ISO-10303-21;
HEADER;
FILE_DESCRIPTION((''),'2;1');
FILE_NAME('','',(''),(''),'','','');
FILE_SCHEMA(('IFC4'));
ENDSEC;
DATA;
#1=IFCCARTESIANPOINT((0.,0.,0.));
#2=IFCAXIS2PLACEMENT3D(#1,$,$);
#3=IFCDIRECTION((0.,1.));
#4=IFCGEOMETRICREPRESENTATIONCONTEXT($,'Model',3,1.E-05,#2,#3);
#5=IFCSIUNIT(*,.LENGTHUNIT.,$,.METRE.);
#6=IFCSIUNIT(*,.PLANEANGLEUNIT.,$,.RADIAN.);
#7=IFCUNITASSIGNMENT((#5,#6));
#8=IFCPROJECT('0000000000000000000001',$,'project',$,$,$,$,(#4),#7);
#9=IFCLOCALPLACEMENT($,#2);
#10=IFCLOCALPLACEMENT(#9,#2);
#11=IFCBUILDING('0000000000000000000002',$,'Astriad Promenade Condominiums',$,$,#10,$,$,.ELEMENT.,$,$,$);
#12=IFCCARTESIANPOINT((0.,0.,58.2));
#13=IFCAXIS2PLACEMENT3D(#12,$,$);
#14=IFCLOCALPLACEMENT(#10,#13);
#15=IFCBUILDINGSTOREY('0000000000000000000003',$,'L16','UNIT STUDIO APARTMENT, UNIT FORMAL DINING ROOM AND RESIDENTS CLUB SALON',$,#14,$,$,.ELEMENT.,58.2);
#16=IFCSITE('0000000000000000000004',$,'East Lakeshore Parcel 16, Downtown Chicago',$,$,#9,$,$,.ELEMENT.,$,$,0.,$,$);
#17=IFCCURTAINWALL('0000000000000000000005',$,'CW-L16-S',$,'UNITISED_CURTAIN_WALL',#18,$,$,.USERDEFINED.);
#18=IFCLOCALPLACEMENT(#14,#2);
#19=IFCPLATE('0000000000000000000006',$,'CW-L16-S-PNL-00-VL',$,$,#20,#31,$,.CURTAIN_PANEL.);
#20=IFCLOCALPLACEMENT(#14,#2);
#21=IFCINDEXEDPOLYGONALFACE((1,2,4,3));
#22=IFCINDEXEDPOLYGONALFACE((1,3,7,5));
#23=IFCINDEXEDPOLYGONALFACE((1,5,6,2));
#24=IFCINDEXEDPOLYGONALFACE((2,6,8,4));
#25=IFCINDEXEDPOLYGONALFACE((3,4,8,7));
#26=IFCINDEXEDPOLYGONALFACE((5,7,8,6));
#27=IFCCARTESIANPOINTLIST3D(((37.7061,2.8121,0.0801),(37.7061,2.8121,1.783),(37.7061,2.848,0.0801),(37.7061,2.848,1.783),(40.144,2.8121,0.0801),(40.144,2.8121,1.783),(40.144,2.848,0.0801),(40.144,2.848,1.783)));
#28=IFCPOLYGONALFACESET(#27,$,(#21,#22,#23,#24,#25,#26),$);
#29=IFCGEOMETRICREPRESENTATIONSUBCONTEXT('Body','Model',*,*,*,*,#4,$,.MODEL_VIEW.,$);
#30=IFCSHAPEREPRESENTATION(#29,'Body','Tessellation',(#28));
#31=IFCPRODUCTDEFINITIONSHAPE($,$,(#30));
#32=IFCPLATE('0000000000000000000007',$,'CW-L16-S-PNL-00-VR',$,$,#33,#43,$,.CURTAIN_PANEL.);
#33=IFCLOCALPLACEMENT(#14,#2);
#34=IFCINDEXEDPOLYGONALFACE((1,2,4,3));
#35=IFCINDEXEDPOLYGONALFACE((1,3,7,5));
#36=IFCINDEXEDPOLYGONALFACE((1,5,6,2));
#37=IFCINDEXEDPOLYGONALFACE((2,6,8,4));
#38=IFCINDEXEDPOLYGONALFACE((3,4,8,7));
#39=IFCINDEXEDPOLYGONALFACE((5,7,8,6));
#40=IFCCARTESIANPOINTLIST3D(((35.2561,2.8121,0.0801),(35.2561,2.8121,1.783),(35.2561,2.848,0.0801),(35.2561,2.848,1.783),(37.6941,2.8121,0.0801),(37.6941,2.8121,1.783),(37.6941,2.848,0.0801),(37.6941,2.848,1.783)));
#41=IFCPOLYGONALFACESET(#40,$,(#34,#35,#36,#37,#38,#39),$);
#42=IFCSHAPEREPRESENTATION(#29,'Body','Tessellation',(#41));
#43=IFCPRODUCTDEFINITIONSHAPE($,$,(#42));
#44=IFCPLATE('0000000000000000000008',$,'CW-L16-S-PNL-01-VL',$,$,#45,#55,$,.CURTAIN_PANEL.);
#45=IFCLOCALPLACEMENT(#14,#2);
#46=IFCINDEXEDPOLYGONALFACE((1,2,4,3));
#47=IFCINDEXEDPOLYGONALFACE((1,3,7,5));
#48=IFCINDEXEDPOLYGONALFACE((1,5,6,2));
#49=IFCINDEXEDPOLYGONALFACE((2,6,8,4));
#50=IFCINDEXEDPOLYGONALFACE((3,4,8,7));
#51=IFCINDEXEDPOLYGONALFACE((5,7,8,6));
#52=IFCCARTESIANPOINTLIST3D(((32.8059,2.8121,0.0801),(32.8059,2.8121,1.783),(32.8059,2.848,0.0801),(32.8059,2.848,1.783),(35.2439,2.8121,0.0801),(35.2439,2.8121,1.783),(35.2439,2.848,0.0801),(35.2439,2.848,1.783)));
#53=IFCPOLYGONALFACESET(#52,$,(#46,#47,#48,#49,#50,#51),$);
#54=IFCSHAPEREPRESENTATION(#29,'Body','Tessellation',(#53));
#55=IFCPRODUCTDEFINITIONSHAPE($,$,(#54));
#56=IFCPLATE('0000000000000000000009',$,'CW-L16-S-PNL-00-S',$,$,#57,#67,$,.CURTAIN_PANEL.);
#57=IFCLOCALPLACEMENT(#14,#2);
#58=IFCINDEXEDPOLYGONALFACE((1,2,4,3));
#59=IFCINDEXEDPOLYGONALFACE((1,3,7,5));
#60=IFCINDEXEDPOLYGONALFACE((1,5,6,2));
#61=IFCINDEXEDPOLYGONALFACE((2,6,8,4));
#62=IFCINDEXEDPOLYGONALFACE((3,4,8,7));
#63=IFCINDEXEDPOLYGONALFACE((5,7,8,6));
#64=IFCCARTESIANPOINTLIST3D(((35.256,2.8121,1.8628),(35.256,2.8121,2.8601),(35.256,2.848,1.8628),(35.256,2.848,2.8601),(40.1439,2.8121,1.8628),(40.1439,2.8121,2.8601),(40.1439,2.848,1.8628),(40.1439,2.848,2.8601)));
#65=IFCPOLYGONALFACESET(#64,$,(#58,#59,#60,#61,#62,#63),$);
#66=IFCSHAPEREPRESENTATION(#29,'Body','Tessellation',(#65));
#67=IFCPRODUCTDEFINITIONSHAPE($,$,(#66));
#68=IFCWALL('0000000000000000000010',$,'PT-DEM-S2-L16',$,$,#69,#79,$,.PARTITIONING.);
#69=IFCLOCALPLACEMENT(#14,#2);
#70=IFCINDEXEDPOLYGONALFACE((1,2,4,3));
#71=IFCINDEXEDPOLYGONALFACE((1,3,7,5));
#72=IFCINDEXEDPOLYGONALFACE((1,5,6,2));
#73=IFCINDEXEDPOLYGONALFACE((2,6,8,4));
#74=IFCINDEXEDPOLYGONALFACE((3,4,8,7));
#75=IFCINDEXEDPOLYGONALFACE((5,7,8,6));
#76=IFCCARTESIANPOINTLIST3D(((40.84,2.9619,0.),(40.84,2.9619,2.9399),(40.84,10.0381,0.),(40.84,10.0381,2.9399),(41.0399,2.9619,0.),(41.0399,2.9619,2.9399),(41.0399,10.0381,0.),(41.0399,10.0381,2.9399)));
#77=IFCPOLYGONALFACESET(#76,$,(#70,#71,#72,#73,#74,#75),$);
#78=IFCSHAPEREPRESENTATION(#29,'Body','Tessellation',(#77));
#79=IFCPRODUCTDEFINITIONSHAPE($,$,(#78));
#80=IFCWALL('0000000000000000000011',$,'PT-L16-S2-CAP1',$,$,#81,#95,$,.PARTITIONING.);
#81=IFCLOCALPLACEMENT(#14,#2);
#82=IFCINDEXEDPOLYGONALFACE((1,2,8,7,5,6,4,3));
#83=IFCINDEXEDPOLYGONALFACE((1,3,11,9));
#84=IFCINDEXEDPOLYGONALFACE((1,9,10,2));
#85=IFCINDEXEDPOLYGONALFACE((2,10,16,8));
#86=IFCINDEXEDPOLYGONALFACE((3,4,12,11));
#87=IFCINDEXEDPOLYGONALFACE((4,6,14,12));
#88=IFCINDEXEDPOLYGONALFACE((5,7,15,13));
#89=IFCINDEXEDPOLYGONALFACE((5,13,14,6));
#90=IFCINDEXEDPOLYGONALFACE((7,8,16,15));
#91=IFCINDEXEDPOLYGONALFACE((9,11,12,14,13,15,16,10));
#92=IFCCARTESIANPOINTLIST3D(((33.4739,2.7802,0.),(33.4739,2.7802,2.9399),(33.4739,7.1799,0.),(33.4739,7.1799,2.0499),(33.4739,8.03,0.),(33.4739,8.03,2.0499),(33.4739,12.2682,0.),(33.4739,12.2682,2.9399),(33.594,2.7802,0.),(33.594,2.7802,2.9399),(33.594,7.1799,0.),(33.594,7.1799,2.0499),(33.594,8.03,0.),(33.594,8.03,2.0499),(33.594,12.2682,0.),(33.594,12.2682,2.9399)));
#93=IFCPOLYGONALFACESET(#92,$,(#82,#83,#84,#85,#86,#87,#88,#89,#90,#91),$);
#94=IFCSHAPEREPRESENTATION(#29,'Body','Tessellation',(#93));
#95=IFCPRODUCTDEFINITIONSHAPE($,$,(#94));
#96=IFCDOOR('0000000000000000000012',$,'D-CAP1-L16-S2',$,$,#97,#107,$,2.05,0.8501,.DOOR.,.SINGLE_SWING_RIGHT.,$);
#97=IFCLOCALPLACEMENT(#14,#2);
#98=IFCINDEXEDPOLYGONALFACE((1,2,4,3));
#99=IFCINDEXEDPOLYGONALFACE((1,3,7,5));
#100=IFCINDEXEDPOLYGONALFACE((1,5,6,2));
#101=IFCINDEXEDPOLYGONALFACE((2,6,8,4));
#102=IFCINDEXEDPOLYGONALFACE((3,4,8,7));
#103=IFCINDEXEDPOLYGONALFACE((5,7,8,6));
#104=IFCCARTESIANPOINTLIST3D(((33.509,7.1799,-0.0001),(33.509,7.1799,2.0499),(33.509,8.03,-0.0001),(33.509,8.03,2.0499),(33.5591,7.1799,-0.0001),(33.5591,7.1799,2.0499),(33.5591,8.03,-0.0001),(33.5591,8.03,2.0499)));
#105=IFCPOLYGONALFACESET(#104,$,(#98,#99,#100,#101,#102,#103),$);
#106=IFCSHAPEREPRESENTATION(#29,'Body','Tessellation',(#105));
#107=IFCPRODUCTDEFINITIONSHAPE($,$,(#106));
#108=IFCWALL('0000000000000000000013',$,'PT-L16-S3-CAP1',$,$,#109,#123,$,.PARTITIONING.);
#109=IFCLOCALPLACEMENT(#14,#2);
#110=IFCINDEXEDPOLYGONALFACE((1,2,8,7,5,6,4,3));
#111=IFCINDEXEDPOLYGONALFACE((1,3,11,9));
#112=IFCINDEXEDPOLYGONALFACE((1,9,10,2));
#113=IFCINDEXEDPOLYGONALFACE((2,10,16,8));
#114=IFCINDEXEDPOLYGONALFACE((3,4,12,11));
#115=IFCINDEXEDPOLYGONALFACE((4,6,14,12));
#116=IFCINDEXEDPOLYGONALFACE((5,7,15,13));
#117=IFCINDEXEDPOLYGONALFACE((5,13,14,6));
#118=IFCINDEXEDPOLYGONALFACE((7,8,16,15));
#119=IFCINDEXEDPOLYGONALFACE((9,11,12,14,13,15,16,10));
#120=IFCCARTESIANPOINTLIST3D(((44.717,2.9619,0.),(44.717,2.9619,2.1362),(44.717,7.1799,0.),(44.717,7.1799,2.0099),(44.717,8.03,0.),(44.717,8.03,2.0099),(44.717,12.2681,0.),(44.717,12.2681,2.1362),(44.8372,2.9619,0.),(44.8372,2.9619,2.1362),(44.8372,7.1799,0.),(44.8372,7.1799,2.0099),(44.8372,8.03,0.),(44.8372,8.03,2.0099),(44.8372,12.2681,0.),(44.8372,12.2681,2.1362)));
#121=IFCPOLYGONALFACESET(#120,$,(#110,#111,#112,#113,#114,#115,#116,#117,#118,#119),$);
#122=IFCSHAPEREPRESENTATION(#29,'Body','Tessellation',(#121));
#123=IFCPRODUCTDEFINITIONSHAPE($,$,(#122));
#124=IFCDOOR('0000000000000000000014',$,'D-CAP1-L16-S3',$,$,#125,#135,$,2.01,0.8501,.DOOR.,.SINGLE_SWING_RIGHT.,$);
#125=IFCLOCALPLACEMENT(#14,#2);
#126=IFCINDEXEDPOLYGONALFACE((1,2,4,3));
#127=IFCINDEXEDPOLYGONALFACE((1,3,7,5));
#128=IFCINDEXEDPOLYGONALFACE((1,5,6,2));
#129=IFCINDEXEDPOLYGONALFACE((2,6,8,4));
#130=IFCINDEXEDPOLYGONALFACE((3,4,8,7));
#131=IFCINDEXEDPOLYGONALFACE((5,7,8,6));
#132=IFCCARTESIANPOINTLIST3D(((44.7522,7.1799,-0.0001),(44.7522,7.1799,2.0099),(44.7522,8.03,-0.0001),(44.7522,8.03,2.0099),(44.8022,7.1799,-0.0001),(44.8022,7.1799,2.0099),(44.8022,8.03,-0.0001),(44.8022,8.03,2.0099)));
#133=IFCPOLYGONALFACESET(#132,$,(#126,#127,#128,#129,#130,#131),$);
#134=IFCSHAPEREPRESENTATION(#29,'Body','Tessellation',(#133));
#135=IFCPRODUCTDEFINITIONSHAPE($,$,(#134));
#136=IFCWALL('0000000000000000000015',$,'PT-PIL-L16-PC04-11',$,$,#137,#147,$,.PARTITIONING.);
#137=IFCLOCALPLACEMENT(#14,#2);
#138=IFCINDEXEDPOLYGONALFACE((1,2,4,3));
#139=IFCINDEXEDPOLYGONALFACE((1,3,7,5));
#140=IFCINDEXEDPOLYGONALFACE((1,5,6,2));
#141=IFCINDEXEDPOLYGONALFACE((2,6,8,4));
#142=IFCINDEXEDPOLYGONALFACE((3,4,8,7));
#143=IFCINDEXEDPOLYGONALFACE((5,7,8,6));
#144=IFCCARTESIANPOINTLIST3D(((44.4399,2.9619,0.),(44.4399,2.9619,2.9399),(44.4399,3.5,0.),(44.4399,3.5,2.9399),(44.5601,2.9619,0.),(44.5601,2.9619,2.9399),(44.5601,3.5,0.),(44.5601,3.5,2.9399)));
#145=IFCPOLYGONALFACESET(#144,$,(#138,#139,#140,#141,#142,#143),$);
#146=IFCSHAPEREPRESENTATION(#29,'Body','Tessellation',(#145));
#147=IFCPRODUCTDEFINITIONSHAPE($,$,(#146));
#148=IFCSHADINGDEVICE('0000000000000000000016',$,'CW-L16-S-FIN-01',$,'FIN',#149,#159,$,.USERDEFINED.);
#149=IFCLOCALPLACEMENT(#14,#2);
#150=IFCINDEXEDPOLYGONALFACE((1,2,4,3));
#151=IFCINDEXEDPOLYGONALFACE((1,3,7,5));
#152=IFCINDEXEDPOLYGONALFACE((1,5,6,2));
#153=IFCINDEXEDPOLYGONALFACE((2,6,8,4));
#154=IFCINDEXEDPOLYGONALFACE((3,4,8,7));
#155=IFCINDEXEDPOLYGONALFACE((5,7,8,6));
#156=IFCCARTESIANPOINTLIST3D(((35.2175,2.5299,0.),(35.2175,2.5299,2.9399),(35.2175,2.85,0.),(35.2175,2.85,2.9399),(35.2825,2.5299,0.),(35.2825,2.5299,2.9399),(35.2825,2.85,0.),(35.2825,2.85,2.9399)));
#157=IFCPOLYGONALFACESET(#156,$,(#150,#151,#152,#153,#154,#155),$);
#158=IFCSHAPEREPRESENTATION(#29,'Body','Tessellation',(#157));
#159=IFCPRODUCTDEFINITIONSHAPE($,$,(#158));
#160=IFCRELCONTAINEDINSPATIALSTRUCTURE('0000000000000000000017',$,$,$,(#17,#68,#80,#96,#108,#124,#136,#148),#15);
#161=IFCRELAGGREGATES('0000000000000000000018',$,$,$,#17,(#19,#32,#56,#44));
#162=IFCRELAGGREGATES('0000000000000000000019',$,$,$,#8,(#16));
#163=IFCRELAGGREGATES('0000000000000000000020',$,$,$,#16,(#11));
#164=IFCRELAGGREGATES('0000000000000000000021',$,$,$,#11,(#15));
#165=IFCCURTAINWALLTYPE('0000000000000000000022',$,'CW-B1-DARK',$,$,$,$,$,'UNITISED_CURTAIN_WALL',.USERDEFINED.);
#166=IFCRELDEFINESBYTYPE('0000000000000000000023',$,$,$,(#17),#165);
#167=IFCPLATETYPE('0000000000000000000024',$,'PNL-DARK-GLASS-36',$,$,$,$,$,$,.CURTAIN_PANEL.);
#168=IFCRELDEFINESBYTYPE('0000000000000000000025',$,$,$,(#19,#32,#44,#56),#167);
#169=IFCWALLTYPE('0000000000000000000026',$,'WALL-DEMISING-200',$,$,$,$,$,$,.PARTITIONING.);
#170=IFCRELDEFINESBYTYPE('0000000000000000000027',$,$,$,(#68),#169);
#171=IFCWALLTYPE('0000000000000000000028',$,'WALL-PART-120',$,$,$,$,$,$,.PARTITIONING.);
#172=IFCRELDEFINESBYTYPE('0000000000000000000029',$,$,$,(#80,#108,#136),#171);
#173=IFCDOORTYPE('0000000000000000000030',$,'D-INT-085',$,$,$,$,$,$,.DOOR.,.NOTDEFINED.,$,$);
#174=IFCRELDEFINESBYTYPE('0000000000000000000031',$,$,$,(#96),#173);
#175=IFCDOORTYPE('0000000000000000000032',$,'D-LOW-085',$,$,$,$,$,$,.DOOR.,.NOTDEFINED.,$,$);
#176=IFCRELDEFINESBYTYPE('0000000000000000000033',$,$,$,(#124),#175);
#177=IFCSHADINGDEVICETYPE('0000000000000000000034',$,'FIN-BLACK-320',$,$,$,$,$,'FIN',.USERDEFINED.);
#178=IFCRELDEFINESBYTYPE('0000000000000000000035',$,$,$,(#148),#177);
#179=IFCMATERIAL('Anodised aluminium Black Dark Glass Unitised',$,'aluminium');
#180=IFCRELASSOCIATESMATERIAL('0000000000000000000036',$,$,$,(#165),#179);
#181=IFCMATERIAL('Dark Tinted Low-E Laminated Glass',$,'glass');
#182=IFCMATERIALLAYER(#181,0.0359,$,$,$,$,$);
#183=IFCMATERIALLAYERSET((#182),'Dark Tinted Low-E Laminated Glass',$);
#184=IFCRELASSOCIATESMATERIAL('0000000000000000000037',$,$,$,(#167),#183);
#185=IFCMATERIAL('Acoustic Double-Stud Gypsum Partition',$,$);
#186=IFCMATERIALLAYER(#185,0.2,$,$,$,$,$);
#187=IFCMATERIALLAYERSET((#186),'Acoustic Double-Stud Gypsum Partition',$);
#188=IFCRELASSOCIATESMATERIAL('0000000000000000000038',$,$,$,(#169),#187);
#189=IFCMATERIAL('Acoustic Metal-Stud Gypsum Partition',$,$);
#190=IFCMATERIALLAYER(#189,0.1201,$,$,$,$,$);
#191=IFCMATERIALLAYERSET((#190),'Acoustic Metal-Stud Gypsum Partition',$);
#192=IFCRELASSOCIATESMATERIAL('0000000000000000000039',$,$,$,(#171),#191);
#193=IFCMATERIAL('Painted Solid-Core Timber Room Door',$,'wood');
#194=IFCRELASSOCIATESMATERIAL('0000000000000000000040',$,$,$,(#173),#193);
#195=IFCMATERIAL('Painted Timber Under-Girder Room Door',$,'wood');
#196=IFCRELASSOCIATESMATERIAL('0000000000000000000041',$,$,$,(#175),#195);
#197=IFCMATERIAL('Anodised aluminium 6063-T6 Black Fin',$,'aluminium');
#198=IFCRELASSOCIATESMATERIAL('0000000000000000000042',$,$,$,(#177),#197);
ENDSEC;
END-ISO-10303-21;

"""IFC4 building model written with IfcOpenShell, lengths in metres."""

from ifc_helpers import new_model, si_unit, direction, frame, frame_2d, origin, origin_2d, place, context, subcontext, project, spatial, rectangle, extrude, source, transform, mapped, material, layer, layer_set, type_object, type_shapes, element, fill, aggregate, save


model = new_model("IFC4")

# Units and contexts
model_context = context("Model", 3, precision=1e-05, world=origin(), true_north=direction((0.0, 1.0)))
body_context = subcontext(model_context, "Body", "Model", "MODEL_VIEW")
ifc_project = project(units=[si_unit("LENGTHUNIT", "METRE"), si_unit("PLANEANGLEUNIT", "RADIAN")], contexts=[model_context])

# Site, building, storey
site_placement = place(None, origin())
site = spatial("IfcSite", under=ifc_project, at=site_placement, Name="East Lakeshore Parcel 16, Downtown Chicago", CompositionType="ELEMENT", RefElevation=0.0)
building_placement = place(site_placement, origin())
building = spatial("IfcBuilding", under=site, at=building_placement, Name="Astriad Promenade Condominiums", CompositionType="ELEMENT")
storey_placement = place(building_placement, frame((0.0, 0.0, 58.2)))
storey = spatial("IfcBuildingStorey", under=building, at=storey_placement, Name="L16", Description="UNIT STUDIO APARTMENT, UNIT FORMAL DINING ROOM AND RESIDENTS CLUB SALON", CompositionType="ELEMENT", Elevation=58.2)

# Curtain wall, plates
ifc_material_1 = material(Name="Anodised aluminium Black Dark Glass Unitised", Category="aluminium")
curtain_wall_type = type_object("IfcCurtainWallType", Name="CW-B1-DARK", ElementType="UNITISED_CURTAIN_WALL", PredefinedType="USERDEFINED", material=ifc_material_1)
curtain_wall_placement = place(storey_placement, origin())
curtain_wall = element("IfcCurtainWall", 1, at=curtain_wall_placement, inside=storey, type_object=curtain_wall_type, Name="CW-L16-S", ObjectType="UNITISED_CURTAIN_WALL", PredefinedType="USERDEFINED")
ifc_material_2 = material(Name="Dark Tinted Low-E Laminated Glass", Category="glass")
ifc_layer_1 = layer(ifc_material_2, 0.0359)
ifc_layer_set_1 = layer_set([ifc_layer_1], Name="Dark Tinted Low-E Laminated Glass")
plate_type = type_object("IfcPlateType", Name="PNL-DARK-GLASS-36", PredefinedType="CURTAIN_PANEL", material=ifc_layer_set_1)
shared_shape_1 = source(origin(), body_context, "Body", "SweptSolid", [
    extrude(rectangle(XDim=2.438, YDim=0.0359, at=origin_2d()), origin(), (0.0, 0.0, 1.0), 1.7029),
])
plate_1_placement = place(storey_placement, frame((38.925, 2.8301, 0.0801), z_axis=(0.0, 0.0, 1.0), x_axis=(-1.0, 0.0, 0.0)))
plate_1 = element("IfcPlate", 2, at=plate_1_placement, type_object=plate_type, Name="CW-L16-S-PNL-00-VL", PredefinedType="CURTAIN_PANEL", context=body_context, shape_type="MappedRepresentation", body=[
    mapped(shared_shape_1, transform((0.0, 0.0, 0.0), scale=1.0)),
])
plate_2_placement = place(storey_placement, frame((36.4751, 2.8301, 0.0801), z_axis=(0.0, 0.0, 1.0), x_axis=(-1.0, 0.0, 0.0)))
plate_2 = element("IfcPlate", 3, at=plate_2_placement, type_object=plate_type, Name="CW-L16-S-PNL-00-VR", PredefinedType="CURTAIN_PANEL", context=body_context, shape_type="MappedRepresentation", body=[
    mapped(shared_shape_1, transform((0.0, 0.0, 0.0), scale=1.0)),
])
plate_3_placement = place(storey_placement, frame((34.0249, 2.8301, 0.0801), z_axis=(0.0, 0.0, 1.0), x_axis=(-1.0, 0.0, 0.0)))
plate_3 = element("IfcPlate", 4, at=plate_3_placement, type_object=plate_type, Name="CW-L16-S-PNL-01-VL", PredefinedType="CURTAIN_PANEL", context=body_context, shape_type="MappedRepresentation", body=[
    mapped(shared_shape_1, transform((0.0, 0.0, 0.0), scale=1.0)),
])
shared_shape_2 = source(origin(), body_context, "Body", "SweptSolid", [
    extrude(rectangle(XDim=4.8879, YDim=0.0359, at=origin_2d()), origin(), (0.0, 0.0, 1.0), 0.9973),
])
type_shapes(plate_type, [shared_shape_1, shared_shape_2])
plate_4_placement = place(storey_placement, frame((37.7, 2.8301, 1.8628), z_axis=(0.0, 0.0, 1.0), x_axis=(-1.0, 0.0, 0.0)))
plate_4 = element("IfcPlate", 5, at=plate_4_placement, type_object=plate_type, Name="CW-L16-S-PNL-00-S", PredefinedType="CURTAIN_PANEL", context=body_context, shape_type="MappedRepresentation", body=[
    mapped(shared_shape_2, transform((0.0, 0.0, 0.0), scale=1.0)),
])
aggregate(curtain_wall, [plate_1, plate_2, plate_4, plate_3])

# Wall
ifc_material_3 = material(Name="Acoustic Double-Stud Gypsum Partition")
ifc_layer_2 = layer(ifc_material_3, 0.2)
ifc_layer_set_2 = layer_set([ifc_layer_2], Name="Acoustic Double-Stud Gypsum Partition")
wall_type_1 = type_object("IfcWallType", Name="WALL-DEMISING-200", PredefinedType="PARTITIONING", material=ifc_layer_set_2)
wall_1_placement = place(storey_placement, frame((40.9399, 2.9619, 0.0), z_axis=(0.0, 0.0, 1.0), x_axis=(0.0, 1.0, 0.0)))
element("IfcWall", 6, at=wall_1_placement, inside=storey, type_object=wall_type_1, Name="PT-DEM-S2-L16", PredefinedType="PARTITIONING", context=body_context, shape_type="SweptSolid", body=[
    extrude(rectangle(XDim=7.0762, YDim=0.2, at=frame_2d((3.5381, 0.0))), origin(), (0.0, 0.0, 1.0), 2.9399),
])

# Walls, openings, doors
ifc_material_4 = material(Name="Acoustic Metal-Stud Gypsum Partition")
ifc_layer_3 = layer(ifc_material_4, 0.1201)
ifc_layer_set_3 = layer_set([ifc_layer_3], Name="Acoustic Metal-Stud Gypsum Partition")
wall_type_2 = type_object("IfcWallType", Name="WALL-PART-120", PredefinedType="PARTITIONING", material=ifc_layer_set_3)
wall_2_placement = place(storey_placement, frame((33.5339, 2.78, 0.0), z_axis=(0.0, 0.0, 1.0), x_axis=(0.0, 1.0, 0.0)))
wall_2 = element("IfcWall", 7, at=wall_2_placement, inside=storey, type_object=wall_type_2, Name="PT-L16-S2-CAP1", PredefinedType="PARTITIONING", context=body_context, shape_type="SweptSolid", body=[
    extrude(rectangle(XDim=9.488, YDim=0.1201, at=frame_2d((4.7441, 0.0))), origin(), (0.0, 0.0, 1.0), 2.9399),
])
opening_1_placement = place(wall_2_placement, frame((4.3999, 0.0, 0.0)))
opening_1 = element("IfcOpeningElement", 8, at=opening_1_placement, cuts=wall_2, PredefinedType="OPENING", context=body_context, shape_type="SweptSolid", body=[
    extrude(rectangle(XDim=0.8501, YDim=2.05, at=frame_2d((0.425, 1.0249))), frame((0.0, 0.0701, 0.0), z_axis=(0.0, -1.0, 0.0), x_axis=(1.0, 0.0, 0.0)), (0.0, 0.0, 1.0), 0.1401),
])
ifc_material_5 = material(Name="Painted Solid-Core Timber Room Door", Category="wood")
door_type_1 = type_object("IfcDoorType", Name="D-INT-085", OperationType="NOTDEFINED", PredefinedType="DOOR", material=ifc_material_5)
shared_shape_3 = source(origin(), body_context, "Body", "SweptSolid", [
    extrude(rectangle(XDim=0.8501, YDim=2.05, at=frame_2d((0.425, 1.0249))), frame((0.0, 0.0249, 0.0), z_axis=(0.0, -1.0, 0.0), x_axis=(1.0, 0.0, 0.0)), (0.0, 0.0, 1.0), 0.05),
])
type_shapes(door_type_1, [shared_shape_3])
door_1_placement = place(opening_1_placement, origin())
door_1 = element("IfcDoor", 9, at=door_1_placement, inside=storey, type_object=door_type_1, Name="D-CAP1-L16-S2", OperationType="SINGLE_SWING_RIGHT", OverallHeight=2.05, OverallWidth=0.8501, PredefinedType="DOOR", context=body_context, shape_type="MappedRepresentation", body=[
    mapped(shared_shape_3, transform((0.0, 0.0, 0.0), scale=1.0)),
])
fill(opening_1, door_1)
wall_3_placement = place(storey_placement, frame((44.7771, 2.9619, 0.0), z_axis=(0.0, 0.0, 1.0), x_axis=(0.0, 1.0, 0.0)))
wall_3 = element("IfcWall", 10, at=wall_3_placement, inside=storey, type_object=wall_type_2, Name="PT-L16-S3-CAP1", PredefinedType="PARTITIONING", context=body_context, shape_type="SweptSolid", body=[
    extrude(rectangle(XDim=9.3062, YDim=0.1201, at=frame_2d((4.6531, 0.0))), origin(), (0.0, 0.0, 1.0), 2.1362),
])
opening_2_placement = place(wall_3_placement, frame((4.218, 0.0, 0.0)))
opening_2 = element("IfcOpeningElement", 11, at=opening_2_placement, cuts=wall_3, PredefinedType="OPENING", context=body_context, shape_type="SweptSolid", body=[
    extrude(rectangle(XDim=0.8501, YDim=2.01, at=frame_2d((0.425, 1.0049))), frame((0.0, 0.0701, 0.0), z_axis=(0.0, -1.0, 0.0), x_axis=(1.0, 0.0, 0.0)), (0.0, 0.0, 1.0), 0.1401),
])
ifc_material_6 = material(Name="Painted Timber Under-Girder Room Door", Category="wood")
door_type_2 = type_object("IfcDoorType", Name="D-LOW-085", OperationType="NOTDEFINED", PredefinedType="DOOR", material=ifc_material_6)
shared_shape_4 = source(origin(), body_context, "Body", "SweptSolid", [
    extrude(rectangle(XDim=0.8501, YDim=2.01, at=frame_2d((0.425, 1.0049))), frame((0.0, 0.0249, 0.0), z_axis=(0.0, -1.0, 0.0), x_axis=(1.0, 0.0, 0.0)), (0.0, 0.0, 1.0), 0.05),
])
type_shapes(door_type_2, [shared_shape_4])
door_2_placement = place(opening_2_placement, origin())
door_2 = element("IfcDoor", 12, at=door_2_placement, inside=storey, type_object=door_type_2, Name="D-CAP1-L16-S3", OperationType="SINGLE_SWING_RIGHT", OverallHeight=2.01, OverallWidth=0.8501, PredefinedType="DOOR", context=body_context, shape_type="MappedRepresentation", body=[
    mapped(shared_shape_4, transform((0.0, 0.0, 0.0), scale=1.0)),
])
fill(opening_2, door_2)

# Wall
wall_4_placement = place(storey_placement, frame((44.5, 3.5, 0.0), z_axis=(0.0, 0.0, 1.0), x_axis=(0.0, -1.0, 0.0)))
element("IfcWall", 13, at=wall_4_placement, inside=storey, type_object=wall_type_2, Name="PT-PIL-L16-PC04-11", PredefinedType="PARTITIONING", context=body_context, shape_type="SweptSolid", body=[
    extrude(rectangle(XDim=0.5381, YDim=0.1201, at=frame_2d((0.269, 0.0))), origin(), (0.0, 0.0, 1.0), 2.9399),
])

# Shading device
ifc_material_7 = material(Name="Anodised aluminium 6063-T6 Black Fin", Category="aluminium")
shading_device_type = type_object("IfcShadingDeviceType", Name="FIN-BLACK-320", ElementType="FIN", PredefinedType="USERDEFINED", material=ifc_material_7)
shared_shape_5 = source(origin(), body_context, "Body", "SweptSolid", [
    extrude(rectangle(XDim=0.0649, YDim=0.3201, at=origin_2d()), origin(), (0.0, 0.0, 1.0), 2.9399),
])
type_shapes(shading_device_type, [shared_shape_5])
shading_device_placement = place(storey_placement, frame((35.25, 2.6899, 0.0), z_axis=(0.0, 0.0, 1.0), x_axis=(-1.0, 0.0, 0.0)))
element("IfcShadingDevice", 14, at=shading_device_placement, inside=storey, type_object=shading_device_type, Name="CW-L16-S-FIN-01", ObjectType="FIN", PredefinedType="USERDEFINED", context=body_context, shape_type="MappedRepresentation", body=[
    mapped(shared_shape_5, transform((0.0, 0.0, 0.0), scale=1.0)),
])

save(model, "model.ifc")
